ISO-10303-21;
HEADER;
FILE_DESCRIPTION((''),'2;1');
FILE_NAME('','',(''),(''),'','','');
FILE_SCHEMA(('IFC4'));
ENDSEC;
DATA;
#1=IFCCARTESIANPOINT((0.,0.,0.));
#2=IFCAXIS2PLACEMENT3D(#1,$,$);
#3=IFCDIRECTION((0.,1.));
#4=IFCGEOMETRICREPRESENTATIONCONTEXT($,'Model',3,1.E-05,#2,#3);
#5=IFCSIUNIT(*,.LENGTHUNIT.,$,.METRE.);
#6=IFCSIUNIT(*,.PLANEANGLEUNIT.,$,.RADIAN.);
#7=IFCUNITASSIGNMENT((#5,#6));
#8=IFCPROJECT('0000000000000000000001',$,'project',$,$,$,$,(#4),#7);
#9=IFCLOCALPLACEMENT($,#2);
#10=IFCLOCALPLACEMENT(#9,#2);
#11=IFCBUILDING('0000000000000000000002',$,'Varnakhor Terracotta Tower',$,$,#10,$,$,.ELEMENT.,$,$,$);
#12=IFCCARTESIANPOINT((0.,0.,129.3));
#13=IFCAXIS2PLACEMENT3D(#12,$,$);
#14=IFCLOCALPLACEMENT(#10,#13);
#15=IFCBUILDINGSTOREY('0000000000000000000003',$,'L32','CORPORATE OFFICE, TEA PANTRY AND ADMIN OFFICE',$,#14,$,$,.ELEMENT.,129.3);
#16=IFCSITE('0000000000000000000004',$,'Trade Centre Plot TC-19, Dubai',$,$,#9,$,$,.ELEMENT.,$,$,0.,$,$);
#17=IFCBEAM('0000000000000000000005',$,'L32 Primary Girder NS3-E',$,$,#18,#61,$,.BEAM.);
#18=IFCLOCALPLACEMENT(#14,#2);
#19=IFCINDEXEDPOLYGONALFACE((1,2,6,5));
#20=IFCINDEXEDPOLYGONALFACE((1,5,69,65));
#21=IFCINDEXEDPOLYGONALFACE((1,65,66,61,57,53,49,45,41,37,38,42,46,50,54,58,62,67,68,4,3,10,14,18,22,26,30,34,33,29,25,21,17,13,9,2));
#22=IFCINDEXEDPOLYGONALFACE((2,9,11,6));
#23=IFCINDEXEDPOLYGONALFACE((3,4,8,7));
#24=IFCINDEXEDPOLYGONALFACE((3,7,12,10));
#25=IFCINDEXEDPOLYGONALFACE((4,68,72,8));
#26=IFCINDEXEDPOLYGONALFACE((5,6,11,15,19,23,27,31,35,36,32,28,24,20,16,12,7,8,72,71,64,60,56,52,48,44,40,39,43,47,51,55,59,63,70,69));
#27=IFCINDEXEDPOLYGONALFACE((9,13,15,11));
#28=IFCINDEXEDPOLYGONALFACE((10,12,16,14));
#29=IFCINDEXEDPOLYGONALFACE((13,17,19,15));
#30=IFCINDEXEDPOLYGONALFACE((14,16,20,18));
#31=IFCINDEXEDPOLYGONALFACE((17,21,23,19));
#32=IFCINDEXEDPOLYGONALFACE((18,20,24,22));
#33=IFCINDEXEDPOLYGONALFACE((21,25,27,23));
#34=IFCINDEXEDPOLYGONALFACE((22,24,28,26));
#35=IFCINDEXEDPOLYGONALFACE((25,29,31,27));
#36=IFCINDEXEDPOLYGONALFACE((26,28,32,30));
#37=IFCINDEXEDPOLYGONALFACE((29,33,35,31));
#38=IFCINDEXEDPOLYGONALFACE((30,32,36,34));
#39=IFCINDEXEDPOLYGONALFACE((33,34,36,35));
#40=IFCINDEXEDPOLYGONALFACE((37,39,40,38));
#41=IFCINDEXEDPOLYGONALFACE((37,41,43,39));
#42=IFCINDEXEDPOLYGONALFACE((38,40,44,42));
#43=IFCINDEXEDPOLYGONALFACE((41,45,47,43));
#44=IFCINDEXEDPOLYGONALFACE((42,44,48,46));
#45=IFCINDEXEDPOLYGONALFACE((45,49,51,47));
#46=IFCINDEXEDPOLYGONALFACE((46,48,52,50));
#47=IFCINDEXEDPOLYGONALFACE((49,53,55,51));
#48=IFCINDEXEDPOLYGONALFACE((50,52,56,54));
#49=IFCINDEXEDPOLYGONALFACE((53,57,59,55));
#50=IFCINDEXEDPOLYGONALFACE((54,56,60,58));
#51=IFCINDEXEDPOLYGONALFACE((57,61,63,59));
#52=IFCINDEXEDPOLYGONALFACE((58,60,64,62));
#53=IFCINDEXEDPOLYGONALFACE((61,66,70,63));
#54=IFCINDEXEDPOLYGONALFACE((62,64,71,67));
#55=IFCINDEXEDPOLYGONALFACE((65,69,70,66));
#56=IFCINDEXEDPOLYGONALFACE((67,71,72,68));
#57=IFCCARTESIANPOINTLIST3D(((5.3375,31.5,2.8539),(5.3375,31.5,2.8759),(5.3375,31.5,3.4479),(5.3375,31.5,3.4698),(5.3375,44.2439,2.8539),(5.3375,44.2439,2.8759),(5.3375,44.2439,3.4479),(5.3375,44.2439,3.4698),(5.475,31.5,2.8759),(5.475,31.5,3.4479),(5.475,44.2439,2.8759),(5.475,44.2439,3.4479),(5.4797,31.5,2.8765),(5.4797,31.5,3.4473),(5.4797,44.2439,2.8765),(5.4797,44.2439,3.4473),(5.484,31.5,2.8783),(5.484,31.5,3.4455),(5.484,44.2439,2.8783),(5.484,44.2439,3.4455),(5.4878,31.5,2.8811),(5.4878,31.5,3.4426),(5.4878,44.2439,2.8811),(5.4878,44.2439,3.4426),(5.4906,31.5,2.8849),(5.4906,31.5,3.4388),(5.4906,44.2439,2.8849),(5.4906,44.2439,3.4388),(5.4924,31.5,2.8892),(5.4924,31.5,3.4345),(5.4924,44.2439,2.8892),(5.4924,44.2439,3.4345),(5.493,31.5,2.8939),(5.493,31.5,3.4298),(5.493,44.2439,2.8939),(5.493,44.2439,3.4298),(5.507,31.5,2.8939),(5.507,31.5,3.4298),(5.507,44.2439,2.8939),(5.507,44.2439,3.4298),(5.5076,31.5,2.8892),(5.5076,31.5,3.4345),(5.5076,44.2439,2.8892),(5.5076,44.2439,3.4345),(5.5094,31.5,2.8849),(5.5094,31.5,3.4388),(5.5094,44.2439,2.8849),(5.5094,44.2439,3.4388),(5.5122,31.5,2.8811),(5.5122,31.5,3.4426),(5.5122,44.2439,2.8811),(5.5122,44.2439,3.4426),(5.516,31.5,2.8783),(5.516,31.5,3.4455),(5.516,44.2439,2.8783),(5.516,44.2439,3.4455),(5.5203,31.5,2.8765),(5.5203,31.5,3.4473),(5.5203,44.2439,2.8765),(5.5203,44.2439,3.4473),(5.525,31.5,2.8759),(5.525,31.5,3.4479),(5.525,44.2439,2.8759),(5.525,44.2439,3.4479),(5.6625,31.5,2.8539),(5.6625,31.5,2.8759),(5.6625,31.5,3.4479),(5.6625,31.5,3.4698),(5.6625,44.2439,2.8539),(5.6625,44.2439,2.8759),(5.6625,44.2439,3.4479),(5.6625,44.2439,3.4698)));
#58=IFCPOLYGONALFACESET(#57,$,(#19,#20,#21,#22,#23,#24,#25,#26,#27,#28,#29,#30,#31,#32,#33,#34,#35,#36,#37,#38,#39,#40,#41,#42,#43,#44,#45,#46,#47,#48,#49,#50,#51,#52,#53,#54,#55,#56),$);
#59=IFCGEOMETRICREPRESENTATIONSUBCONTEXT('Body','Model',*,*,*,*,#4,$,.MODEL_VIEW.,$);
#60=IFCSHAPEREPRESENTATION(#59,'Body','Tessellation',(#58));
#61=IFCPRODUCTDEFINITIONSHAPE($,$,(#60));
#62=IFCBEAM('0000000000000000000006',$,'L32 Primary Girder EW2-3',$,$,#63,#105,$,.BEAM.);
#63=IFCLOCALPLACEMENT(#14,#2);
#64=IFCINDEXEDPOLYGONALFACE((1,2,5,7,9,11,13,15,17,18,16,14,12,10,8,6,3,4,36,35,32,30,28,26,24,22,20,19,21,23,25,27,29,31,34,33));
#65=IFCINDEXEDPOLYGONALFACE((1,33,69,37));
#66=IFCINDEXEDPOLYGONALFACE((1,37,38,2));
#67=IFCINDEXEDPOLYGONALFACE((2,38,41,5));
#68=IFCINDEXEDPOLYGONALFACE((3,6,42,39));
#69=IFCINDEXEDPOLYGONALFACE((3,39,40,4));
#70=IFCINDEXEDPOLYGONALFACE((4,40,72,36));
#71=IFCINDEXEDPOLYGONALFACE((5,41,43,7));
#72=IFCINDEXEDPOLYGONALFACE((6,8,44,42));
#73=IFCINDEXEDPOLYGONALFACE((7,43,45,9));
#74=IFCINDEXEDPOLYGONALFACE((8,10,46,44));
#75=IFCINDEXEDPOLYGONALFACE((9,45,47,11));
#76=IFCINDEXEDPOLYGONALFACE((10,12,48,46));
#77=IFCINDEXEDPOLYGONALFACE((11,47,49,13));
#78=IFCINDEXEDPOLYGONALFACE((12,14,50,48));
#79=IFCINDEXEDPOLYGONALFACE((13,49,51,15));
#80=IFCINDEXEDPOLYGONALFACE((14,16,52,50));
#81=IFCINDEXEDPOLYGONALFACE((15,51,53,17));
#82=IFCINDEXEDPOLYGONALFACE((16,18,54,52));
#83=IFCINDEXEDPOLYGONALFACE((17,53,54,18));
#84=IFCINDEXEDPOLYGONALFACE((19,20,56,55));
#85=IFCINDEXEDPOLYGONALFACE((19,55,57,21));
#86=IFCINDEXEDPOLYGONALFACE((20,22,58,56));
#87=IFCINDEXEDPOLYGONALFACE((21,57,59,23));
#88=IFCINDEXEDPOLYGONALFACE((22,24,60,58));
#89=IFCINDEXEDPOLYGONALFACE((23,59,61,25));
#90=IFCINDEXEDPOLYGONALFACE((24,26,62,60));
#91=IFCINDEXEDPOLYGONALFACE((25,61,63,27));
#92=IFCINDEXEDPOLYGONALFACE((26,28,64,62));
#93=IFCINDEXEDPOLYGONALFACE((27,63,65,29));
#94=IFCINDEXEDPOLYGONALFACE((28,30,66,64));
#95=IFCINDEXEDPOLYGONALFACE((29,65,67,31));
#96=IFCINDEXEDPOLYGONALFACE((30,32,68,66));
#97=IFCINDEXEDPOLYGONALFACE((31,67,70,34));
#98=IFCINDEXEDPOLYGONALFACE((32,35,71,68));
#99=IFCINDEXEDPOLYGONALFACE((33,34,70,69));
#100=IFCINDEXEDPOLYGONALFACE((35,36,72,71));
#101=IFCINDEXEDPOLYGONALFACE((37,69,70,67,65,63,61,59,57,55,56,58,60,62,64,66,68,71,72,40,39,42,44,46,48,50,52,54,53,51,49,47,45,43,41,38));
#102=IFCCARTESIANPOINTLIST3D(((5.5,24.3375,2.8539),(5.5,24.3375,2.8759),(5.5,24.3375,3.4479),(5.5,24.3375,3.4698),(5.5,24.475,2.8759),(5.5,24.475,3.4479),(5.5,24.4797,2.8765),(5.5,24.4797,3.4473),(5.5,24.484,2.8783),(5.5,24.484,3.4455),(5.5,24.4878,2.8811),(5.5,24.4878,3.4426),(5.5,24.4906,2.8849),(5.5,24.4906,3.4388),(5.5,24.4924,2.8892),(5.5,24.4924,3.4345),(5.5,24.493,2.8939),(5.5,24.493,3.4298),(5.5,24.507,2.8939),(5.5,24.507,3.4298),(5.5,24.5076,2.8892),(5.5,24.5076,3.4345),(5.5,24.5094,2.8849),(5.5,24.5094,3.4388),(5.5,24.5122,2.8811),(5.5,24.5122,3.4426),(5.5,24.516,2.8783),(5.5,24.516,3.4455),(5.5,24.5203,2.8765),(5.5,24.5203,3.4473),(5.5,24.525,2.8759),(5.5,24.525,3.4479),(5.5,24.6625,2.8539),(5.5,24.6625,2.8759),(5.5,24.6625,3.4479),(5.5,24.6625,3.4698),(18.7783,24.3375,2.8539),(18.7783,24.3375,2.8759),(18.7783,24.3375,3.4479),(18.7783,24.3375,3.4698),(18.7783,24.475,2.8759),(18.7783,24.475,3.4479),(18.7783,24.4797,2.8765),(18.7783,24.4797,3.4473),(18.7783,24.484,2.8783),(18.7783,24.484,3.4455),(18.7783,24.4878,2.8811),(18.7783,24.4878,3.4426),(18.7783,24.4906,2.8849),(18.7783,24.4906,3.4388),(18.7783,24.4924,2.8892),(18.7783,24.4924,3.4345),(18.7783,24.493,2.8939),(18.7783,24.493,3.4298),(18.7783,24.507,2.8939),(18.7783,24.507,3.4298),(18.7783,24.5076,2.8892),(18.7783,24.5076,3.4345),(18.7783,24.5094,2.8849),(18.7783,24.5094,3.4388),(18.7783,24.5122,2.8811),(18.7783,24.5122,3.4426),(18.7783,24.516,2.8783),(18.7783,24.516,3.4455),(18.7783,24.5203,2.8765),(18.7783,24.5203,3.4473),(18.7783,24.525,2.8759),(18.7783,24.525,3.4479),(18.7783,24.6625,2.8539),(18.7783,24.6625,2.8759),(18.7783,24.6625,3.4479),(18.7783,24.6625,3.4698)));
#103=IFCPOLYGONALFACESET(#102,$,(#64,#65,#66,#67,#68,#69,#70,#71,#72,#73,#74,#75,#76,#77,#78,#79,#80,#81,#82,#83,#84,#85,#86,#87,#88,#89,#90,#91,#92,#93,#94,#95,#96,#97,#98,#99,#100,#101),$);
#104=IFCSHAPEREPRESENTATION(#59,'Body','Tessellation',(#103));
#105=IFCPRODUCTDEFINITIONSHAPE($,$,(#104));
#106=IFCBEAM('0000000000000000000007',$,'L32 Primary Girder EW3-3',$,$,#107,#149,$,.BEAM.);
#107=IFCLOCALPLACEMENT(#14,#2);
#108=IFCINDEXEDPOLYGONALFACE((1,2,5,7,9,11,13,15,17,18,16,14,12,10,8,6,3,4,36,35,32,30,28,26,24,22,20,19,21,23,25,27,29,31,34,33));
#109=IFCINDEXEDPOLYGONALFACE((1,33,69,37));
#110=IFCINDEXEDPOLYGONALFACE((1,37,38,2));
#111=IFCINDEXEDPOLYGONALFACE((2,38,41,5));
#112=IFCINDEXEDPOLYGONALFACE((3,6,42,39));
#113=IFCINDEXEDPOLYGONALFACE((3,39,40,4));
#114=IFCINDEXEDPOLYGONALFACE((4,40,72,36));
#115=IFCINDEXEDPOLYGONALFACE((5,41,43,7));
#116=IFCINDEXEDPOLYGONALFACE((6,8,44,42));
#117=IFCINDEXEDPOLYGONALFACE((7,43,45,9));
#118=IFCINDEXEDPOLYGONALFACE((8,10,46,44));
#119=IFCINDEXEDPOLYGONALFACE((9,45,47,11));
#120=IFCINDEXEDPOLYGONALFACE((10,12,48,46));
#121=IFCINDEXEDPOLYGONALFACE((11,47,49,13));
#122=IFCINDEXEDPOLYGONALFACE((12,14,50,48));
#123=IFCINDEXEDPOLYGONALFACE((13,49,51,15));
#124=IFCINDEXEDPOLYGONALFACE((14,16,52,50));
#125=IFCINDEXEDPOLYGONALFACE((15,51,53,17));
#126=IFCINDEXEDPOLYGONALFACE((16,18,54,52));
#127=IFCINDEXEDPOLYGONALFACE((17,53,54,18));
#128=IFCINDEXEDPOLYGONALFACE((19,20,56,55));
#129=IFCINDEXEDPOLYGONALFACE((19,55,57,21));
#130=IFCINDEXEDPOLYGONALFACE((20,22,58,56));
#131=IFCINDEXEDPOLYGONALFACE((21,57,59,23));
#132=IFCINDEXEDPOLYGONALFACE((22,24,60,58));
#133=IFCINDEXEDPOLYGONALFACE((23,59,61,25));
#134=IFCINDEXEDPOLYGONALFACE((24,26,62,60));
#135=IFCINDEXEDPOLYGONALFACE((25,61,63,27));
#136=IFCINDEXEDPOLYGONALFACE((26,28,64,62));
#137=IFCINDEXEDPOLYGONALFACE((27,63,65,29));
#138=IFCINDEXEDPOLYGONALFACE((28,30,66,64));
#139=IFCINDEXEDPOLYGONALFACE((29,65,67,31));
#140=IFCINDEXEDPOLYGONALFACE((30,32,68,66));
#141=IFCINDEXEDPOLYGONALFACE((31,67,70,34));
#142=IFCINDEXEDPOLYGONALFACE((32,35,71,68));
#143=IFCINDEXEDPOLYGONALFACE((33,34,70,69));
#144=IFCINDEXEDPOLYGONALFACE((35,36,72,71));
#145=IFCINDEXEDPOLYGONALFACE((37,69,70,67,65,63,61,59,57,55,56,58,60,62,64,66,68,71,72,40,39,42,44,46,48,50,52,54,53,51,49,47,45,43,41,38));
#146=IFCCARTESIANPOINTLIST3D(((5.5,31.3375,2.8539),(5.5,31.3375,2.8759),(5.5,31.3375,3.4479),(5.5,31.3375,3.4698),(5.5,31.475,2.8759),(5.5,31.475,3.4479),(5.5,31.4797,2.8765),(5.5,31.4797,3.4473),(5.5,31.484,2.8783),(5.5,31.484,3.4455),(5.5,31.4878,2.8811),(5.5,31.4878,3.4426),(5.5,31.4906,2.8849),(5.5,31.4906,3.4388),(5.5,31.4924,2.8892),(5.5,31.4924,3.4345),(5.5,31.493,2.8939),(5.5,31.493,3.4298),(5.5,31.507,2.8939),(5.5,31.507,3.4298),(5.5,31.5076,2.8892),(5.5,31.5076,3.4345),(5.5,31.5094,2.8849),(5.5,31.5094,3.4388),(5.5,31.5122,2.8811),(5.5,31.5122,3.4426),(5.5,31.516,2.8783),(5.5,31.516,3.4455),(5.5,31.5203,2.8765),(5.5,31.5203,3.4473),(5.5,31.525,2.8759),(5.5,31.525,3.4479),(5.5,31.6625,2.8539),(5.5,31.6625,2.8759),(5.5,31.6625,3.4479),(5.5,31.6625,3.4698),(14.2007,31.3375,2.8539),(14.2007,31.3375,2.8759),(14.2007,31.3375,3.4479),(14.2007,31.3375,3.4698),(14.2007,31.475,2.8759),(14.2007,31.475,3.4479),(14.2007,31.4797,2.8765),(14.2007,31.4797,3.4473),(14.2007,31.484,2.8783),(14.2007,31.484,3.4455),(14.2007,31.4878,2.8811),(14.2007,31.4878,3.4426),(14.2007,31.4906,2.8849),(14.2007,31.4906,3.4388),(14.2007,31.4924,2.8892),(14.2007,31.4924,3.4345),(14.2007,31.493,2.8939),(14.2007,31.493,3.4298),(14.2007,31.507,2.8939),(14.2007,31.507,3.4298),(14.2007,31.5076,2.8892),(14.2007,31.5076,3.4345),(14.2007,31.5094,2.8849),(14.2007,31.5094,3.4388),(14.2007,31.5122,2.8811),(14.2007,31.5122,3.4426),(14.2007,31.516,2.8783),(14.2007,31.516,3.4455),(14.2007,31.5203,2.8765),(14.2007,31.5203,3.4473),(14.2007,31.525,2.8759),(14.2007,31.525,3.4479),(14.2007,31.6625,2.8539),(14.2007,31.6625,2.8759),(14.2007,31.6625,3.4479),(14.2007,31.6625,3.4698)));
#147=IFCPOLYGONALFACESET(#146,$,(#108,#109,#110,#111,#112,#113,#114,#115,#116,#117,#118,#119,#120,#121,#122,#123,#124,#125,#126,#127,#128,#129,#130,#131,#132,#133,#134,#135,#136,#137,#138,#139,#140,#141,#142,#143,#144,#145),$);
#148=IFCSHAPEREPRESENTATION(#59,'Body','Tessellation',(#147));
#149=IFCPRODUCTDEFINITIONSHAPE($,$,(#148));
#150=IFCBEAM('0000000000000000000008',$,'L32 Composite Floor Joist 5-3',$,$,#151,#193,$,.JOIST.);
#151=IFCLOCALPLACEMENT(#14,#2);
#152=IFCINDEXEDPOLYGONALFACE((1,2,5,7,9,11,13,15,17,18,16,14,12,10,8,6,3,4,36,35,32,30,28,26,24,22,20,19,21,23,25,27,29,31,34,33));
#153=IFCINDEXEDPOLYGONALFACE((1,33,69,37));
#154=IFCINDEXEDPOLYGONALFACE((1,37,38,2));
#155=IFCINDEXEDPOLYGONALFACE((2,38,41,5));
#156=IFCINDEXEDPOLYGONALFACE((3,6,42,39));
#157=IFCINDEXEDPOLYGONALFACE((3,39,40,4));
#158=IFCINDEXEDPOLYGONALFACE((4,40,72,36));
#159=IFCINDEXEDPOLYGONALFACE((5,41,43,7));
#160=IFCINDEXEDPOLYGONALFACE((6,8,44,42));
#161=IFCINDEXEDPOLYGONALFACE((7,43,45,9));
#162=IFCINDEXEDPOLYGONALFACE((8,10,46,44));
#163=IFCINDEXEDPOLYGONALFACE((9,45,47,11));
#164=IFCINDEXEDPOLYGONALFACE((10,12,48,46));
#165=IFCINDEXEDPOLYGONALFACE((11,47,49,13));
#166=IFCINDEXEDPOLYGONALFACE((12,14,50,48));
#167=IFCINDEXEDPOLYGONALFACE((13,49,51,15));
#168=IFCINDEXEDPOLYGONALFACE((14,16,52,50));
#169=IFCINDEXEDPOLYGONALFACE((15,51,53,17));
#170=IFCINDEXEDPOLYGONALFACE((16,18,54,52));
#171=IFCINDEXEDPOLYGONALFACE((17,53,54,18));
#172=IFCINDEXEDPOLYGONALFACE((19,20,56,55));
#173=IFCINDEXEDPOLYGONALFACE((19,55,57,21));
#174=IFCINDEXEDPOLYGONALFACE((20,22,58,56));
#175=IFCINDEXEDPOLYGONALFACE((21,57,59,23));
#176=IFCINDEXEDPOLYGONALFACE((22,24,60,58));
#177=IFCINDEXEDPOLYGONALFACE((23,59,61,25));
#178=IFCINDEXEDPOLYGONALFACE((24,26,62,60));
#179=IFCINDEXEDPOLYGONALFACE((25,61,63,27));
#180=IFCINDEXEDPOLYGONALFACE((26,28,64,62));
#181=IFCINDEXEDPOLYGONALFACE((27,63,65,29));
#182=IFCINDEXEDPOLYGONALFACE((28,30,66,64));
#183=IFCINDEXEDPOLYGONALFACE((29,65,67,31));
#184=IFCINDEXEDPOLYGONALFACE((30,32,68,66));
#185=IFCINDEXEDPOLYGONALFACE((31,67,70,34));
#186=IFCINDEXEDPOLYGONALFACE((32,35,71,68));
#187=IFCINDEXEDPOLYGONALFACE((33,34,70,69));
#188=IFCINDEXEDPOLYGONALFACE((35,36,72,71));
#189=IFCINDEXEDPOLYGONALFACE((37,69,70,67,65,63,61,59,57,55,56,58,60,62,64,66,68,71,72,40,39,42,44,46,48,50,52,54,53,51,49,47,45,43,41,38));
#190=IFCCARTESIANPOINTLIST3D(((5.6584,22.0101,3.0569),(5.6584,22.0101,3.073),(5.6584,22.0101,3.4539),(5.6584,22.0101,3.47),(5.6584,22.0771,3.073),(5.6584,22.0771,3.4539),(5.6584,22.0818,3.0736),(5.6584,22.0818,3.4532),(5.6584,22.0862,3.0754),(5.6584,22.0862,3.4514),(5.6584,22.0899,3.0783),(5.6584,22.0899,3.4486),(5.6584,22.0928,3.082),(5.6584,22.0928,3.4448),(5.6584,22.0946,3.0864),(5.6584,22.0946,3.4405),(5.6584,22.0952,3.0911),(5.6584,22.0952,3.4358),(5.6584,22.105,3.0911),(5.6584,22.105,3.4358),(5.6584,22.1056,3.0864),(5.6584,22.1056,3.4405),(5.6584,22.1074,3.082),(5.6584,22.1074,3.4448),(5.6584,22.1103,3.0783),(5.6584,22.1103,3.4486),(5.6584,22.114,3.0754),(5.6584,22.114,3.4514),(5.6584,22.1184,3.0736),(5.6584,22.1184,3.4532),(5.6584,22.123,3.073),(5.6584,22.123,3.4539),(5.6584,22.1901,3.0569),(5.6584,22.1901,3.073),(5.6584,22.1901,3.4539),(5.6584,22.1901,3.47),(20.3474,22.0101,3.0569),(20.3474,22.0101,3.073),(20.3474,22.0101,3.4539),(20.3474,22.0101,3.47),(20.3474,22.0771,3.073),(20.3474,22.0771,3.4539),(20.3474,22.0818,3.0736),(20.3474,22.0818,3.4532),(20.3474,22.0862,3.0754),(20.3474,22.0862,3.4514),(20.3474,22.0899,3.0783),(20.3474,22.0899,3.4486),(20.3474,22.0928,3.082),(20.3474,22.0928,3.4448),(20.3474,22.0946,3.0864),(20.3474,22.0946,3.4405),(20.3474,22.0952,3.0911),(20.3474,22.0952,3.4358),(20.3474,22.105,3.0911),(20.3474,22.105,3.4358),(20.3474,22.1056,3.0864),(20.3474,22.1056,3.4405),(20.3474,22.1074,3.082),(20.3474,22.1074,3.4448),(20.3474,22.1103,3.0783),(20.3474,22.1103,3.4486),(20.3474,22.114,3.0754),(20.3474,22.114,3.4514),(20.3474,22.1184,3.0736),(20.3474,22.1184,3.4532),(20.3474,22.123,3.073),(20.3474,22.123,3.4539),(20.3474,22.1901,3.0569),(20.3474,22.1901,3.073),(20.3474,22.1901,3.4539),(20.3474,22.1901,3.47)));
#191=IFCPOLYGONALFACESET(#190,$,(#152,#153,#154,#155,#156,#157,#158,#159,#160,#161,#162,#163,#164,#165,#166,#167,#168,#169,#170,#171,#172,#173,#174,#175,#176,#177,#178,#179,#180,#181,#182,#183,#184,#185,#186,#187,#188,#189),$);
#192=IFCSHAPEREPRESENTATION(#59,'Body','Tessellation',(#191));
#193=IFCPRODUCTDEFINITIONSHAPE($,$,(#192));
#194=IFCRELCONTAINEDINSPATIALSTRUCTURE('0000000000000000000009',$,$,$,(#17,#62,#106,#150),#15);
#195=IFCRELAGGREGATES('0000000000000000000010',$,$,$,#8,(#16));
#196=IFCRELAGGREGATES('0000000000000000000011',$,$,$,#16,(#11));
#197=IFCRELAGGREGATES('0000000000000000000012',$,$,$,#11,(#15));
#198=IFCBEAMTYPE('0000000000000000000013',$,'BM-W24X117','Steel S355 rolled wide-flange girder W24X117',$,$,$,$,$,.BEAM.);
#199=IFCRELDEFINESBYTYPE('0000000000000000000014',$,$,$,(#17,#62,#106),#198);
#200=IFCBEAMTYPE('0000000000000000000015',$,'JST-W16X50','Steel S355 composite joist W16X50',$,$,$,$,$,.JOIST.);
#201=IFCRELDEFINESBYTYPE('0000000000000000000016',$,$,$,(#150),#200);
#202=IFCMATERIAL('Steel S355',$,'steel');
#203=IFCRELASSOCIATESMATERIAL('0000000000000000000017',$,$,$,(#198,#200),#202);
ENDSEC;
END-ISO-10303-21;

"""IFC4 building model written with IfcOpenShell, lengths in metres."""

from ifc_helpers import new_model, si_unit, direction, frame, origin, origin_2d, place, context, subcontext, project, spatial, i_section, extrude, source, transform, mapped, material, material_profile, profile_set, type_object, element, save


model = new_model("IFC4")

# Units and contexts
model_context = context("Model", 3, precision=1e-05, world=origin(), true_north=direction((0.0, 1.0)))
body_context = subcontext(model_context, "Body", "Model", "MODEL_VIEW")
ifc_project = project(units=[si_unit("LENGTHUNIT", "METRE"), si_unit("PLANEANGLEUNIT", "RADIAN")], contexts=[model_context])

# Site, building, storey
site_placement = place(None, origin())
site = spatial("IfcSite", under=ifc_project, at=site_placement, Name="Trade Centre Plot TC-19, Dubai", CompositionType="ELEMENT", RefElevation=0.0)
building_placement = place(site_placement, origin())
building = spatial("IfcBuilding", under=site, at=building_placement, Name="Varnakhor Terracotta Tower", CompositionType="ELEMENT")
storey_placement = place(building_placement, frame((0.0, 0.0, 129.3)))
storey = spatial("IfcBuildingStorey", under=building, at=storey_placement, Name="L32", Description="CORPORATE OFFICE, TEA PANTRY AND ADMIN OFFICE", CompositionType="ELEMENT", Elevation=129.3)

# Beams
ifc_material_1 = material(Name="Steel S355", Category="steel")
ifc_material_profile_1 = material_profile(ifc_material_1, i_section(OverallWidth=0.325, OverallDepth=0.616, WebThickness=0.0139, FlangeThickness=0.022, FilletRadius=0.0181, at=origin_2d()), Name="W24X117")
ifc_profile_set_1 = profile_set([ifc_material_profile_1], Name="Steel S355")
beam_type_1 = type_object("IfcBeamType", Name="BM-W24X117", Description="Steel S355 rolled wide-flange girder W24X117", PredefinedType="BEAM", material=ifc_profile_set_1)
shared_shape_1 = source(origin(), body_context, "Body", "SweptSolid", [
    extrude(i_section(OverallWidth=0.325, OverallDepth=0.616, WebThickness=0.0139, FlangeThickness=0.022, FilletRadius=0.0181, at=origin_2d()), origin(), (0.0, 0.0, 1.0), 12.7439),
])
beam_1_placement = place(storey_placement, frame((5.5, 31.5, 3.1619), z_axis=(0.0, 1.0, 0.0), x_axis=(-1.0, 0.0, 0.0)))
element("IfcBeam", 1, at=beam_1_placement, inside=storey, type_object=beam_type_1, Name="L32 Primary Girder NS3-E", PredefinedType="BEAM", context=body_context, shape_type="MappedRepresentation", body=[
    mapped(shared_shape_1, transform((0.0, 0.0, 0.0), scale=1.0)),
])
shared_shape_2 = source(origin(), body_context, "Body", "SweptSolid", [
    extrude(i_section(OverallWidth=0.325, OverallDepth=0.616, WebThickness=0.0139, FlangeThickness=0.022, FilletRadius=0.0181, at=origin_2d()), origin(), (0.0, 0.0, 1.0), 13.2783),
])
beam_2_placement = place(storey_placement, frame((5.5, 24.5, 3.1619), z_axis=(1.0, 0.0, 0.0), x_axis=(0.0, 1.0, 0.0)))
element("IfcBeam", 2, at=beam_2_placement, inside=storey, type_object=beam_type_1, Name="L32 Primary Girder EW2-3", PredefinedType="BEAM", context=body_context, shape_type="MappedRepresentation", body=[
    mapped(shared_shape_2, transform((0.0, 0.0, 0.0), scale=1.0)),
])
shared_shape_3 = source(origin(), body_context, "Body", "SweptSolid", [
    extrude(i_section(OverallWidth=0.325, OverallDepth=0.616, WebThickness=0.0139, FlangeThickness=0.022, FilletRadius=0.0181, at=origin_2d()), origin(), (0.0, 0.0, 1.0), 8.7007),
])
beam_3_placement = place(storey_placement, frame((5.5, 31.5, 3.1619), z_axis=(1.0, 0.0, 0.0), x_axis=(0.0, 1.0, 0.0)))
element("IfcBeam", 3, at=beam_3_placement, inside=storey, type_object=beam_type_1, Name="L32 Primary Girder EW3-3", PredefinedType="BEAM", context=body_context, shape_type="MappedRepresentation", body=[
    mapped(shared_shape_3, transform((0.0, 0.0, 0.0), scale=1.0)),
])
ifc_material_profile_2 = material_profile(ifc_material_1, i_section(OverallWidth=0.1799, OverallDepth=0.4131, WebThickness=0.0098, FlangeThickness=0.0161, FilletRadius=0.0181, at=origin_2d()), Name="W16X50")
ifc_profile_set_2 = profile_set([ifc_material_profile_2], Name="Steel S355")
beam_type_2 = type_object("IfcBeamType", Name="JST-W16X50", Description="Steel S355 composite joist W16X50", PredefinedType="JOIST", material=ifc_profile_set_2)
shared_shape_4 = source(origin(), body_context, "Body", "SweptSolid", [
    extrude(i_section(OverallWidth=0.1799, OverallDepth=0.4131, WebThickness=0.0098, FlangeThickness=0.0161, FilletRadius=0.0181, at=origin_2d()), origin(), (0.0, 0.0, 1.0), 14.689),
])
beam_4_placement = place(storey_placement, frame((5.6584, 22.1001, 3.2634), z_axis=(1.0, 0.0, 0.0), x_axis=(0.0, 1.0, 0.0)))
element("IfcBeam", 4, at=beam_4_placement, inside=storey, type_object=beam_type_2, Name="L32 Composite Floor Joist 5-3", PredefinedType="JOIST", context=body_context, shape_type="MappedRepresentation", body=[
    mapped(shared_shape_4, transform((0.0, 0.0, 0.0), scale=1.0)),
])

save(model, "model.ifc")
